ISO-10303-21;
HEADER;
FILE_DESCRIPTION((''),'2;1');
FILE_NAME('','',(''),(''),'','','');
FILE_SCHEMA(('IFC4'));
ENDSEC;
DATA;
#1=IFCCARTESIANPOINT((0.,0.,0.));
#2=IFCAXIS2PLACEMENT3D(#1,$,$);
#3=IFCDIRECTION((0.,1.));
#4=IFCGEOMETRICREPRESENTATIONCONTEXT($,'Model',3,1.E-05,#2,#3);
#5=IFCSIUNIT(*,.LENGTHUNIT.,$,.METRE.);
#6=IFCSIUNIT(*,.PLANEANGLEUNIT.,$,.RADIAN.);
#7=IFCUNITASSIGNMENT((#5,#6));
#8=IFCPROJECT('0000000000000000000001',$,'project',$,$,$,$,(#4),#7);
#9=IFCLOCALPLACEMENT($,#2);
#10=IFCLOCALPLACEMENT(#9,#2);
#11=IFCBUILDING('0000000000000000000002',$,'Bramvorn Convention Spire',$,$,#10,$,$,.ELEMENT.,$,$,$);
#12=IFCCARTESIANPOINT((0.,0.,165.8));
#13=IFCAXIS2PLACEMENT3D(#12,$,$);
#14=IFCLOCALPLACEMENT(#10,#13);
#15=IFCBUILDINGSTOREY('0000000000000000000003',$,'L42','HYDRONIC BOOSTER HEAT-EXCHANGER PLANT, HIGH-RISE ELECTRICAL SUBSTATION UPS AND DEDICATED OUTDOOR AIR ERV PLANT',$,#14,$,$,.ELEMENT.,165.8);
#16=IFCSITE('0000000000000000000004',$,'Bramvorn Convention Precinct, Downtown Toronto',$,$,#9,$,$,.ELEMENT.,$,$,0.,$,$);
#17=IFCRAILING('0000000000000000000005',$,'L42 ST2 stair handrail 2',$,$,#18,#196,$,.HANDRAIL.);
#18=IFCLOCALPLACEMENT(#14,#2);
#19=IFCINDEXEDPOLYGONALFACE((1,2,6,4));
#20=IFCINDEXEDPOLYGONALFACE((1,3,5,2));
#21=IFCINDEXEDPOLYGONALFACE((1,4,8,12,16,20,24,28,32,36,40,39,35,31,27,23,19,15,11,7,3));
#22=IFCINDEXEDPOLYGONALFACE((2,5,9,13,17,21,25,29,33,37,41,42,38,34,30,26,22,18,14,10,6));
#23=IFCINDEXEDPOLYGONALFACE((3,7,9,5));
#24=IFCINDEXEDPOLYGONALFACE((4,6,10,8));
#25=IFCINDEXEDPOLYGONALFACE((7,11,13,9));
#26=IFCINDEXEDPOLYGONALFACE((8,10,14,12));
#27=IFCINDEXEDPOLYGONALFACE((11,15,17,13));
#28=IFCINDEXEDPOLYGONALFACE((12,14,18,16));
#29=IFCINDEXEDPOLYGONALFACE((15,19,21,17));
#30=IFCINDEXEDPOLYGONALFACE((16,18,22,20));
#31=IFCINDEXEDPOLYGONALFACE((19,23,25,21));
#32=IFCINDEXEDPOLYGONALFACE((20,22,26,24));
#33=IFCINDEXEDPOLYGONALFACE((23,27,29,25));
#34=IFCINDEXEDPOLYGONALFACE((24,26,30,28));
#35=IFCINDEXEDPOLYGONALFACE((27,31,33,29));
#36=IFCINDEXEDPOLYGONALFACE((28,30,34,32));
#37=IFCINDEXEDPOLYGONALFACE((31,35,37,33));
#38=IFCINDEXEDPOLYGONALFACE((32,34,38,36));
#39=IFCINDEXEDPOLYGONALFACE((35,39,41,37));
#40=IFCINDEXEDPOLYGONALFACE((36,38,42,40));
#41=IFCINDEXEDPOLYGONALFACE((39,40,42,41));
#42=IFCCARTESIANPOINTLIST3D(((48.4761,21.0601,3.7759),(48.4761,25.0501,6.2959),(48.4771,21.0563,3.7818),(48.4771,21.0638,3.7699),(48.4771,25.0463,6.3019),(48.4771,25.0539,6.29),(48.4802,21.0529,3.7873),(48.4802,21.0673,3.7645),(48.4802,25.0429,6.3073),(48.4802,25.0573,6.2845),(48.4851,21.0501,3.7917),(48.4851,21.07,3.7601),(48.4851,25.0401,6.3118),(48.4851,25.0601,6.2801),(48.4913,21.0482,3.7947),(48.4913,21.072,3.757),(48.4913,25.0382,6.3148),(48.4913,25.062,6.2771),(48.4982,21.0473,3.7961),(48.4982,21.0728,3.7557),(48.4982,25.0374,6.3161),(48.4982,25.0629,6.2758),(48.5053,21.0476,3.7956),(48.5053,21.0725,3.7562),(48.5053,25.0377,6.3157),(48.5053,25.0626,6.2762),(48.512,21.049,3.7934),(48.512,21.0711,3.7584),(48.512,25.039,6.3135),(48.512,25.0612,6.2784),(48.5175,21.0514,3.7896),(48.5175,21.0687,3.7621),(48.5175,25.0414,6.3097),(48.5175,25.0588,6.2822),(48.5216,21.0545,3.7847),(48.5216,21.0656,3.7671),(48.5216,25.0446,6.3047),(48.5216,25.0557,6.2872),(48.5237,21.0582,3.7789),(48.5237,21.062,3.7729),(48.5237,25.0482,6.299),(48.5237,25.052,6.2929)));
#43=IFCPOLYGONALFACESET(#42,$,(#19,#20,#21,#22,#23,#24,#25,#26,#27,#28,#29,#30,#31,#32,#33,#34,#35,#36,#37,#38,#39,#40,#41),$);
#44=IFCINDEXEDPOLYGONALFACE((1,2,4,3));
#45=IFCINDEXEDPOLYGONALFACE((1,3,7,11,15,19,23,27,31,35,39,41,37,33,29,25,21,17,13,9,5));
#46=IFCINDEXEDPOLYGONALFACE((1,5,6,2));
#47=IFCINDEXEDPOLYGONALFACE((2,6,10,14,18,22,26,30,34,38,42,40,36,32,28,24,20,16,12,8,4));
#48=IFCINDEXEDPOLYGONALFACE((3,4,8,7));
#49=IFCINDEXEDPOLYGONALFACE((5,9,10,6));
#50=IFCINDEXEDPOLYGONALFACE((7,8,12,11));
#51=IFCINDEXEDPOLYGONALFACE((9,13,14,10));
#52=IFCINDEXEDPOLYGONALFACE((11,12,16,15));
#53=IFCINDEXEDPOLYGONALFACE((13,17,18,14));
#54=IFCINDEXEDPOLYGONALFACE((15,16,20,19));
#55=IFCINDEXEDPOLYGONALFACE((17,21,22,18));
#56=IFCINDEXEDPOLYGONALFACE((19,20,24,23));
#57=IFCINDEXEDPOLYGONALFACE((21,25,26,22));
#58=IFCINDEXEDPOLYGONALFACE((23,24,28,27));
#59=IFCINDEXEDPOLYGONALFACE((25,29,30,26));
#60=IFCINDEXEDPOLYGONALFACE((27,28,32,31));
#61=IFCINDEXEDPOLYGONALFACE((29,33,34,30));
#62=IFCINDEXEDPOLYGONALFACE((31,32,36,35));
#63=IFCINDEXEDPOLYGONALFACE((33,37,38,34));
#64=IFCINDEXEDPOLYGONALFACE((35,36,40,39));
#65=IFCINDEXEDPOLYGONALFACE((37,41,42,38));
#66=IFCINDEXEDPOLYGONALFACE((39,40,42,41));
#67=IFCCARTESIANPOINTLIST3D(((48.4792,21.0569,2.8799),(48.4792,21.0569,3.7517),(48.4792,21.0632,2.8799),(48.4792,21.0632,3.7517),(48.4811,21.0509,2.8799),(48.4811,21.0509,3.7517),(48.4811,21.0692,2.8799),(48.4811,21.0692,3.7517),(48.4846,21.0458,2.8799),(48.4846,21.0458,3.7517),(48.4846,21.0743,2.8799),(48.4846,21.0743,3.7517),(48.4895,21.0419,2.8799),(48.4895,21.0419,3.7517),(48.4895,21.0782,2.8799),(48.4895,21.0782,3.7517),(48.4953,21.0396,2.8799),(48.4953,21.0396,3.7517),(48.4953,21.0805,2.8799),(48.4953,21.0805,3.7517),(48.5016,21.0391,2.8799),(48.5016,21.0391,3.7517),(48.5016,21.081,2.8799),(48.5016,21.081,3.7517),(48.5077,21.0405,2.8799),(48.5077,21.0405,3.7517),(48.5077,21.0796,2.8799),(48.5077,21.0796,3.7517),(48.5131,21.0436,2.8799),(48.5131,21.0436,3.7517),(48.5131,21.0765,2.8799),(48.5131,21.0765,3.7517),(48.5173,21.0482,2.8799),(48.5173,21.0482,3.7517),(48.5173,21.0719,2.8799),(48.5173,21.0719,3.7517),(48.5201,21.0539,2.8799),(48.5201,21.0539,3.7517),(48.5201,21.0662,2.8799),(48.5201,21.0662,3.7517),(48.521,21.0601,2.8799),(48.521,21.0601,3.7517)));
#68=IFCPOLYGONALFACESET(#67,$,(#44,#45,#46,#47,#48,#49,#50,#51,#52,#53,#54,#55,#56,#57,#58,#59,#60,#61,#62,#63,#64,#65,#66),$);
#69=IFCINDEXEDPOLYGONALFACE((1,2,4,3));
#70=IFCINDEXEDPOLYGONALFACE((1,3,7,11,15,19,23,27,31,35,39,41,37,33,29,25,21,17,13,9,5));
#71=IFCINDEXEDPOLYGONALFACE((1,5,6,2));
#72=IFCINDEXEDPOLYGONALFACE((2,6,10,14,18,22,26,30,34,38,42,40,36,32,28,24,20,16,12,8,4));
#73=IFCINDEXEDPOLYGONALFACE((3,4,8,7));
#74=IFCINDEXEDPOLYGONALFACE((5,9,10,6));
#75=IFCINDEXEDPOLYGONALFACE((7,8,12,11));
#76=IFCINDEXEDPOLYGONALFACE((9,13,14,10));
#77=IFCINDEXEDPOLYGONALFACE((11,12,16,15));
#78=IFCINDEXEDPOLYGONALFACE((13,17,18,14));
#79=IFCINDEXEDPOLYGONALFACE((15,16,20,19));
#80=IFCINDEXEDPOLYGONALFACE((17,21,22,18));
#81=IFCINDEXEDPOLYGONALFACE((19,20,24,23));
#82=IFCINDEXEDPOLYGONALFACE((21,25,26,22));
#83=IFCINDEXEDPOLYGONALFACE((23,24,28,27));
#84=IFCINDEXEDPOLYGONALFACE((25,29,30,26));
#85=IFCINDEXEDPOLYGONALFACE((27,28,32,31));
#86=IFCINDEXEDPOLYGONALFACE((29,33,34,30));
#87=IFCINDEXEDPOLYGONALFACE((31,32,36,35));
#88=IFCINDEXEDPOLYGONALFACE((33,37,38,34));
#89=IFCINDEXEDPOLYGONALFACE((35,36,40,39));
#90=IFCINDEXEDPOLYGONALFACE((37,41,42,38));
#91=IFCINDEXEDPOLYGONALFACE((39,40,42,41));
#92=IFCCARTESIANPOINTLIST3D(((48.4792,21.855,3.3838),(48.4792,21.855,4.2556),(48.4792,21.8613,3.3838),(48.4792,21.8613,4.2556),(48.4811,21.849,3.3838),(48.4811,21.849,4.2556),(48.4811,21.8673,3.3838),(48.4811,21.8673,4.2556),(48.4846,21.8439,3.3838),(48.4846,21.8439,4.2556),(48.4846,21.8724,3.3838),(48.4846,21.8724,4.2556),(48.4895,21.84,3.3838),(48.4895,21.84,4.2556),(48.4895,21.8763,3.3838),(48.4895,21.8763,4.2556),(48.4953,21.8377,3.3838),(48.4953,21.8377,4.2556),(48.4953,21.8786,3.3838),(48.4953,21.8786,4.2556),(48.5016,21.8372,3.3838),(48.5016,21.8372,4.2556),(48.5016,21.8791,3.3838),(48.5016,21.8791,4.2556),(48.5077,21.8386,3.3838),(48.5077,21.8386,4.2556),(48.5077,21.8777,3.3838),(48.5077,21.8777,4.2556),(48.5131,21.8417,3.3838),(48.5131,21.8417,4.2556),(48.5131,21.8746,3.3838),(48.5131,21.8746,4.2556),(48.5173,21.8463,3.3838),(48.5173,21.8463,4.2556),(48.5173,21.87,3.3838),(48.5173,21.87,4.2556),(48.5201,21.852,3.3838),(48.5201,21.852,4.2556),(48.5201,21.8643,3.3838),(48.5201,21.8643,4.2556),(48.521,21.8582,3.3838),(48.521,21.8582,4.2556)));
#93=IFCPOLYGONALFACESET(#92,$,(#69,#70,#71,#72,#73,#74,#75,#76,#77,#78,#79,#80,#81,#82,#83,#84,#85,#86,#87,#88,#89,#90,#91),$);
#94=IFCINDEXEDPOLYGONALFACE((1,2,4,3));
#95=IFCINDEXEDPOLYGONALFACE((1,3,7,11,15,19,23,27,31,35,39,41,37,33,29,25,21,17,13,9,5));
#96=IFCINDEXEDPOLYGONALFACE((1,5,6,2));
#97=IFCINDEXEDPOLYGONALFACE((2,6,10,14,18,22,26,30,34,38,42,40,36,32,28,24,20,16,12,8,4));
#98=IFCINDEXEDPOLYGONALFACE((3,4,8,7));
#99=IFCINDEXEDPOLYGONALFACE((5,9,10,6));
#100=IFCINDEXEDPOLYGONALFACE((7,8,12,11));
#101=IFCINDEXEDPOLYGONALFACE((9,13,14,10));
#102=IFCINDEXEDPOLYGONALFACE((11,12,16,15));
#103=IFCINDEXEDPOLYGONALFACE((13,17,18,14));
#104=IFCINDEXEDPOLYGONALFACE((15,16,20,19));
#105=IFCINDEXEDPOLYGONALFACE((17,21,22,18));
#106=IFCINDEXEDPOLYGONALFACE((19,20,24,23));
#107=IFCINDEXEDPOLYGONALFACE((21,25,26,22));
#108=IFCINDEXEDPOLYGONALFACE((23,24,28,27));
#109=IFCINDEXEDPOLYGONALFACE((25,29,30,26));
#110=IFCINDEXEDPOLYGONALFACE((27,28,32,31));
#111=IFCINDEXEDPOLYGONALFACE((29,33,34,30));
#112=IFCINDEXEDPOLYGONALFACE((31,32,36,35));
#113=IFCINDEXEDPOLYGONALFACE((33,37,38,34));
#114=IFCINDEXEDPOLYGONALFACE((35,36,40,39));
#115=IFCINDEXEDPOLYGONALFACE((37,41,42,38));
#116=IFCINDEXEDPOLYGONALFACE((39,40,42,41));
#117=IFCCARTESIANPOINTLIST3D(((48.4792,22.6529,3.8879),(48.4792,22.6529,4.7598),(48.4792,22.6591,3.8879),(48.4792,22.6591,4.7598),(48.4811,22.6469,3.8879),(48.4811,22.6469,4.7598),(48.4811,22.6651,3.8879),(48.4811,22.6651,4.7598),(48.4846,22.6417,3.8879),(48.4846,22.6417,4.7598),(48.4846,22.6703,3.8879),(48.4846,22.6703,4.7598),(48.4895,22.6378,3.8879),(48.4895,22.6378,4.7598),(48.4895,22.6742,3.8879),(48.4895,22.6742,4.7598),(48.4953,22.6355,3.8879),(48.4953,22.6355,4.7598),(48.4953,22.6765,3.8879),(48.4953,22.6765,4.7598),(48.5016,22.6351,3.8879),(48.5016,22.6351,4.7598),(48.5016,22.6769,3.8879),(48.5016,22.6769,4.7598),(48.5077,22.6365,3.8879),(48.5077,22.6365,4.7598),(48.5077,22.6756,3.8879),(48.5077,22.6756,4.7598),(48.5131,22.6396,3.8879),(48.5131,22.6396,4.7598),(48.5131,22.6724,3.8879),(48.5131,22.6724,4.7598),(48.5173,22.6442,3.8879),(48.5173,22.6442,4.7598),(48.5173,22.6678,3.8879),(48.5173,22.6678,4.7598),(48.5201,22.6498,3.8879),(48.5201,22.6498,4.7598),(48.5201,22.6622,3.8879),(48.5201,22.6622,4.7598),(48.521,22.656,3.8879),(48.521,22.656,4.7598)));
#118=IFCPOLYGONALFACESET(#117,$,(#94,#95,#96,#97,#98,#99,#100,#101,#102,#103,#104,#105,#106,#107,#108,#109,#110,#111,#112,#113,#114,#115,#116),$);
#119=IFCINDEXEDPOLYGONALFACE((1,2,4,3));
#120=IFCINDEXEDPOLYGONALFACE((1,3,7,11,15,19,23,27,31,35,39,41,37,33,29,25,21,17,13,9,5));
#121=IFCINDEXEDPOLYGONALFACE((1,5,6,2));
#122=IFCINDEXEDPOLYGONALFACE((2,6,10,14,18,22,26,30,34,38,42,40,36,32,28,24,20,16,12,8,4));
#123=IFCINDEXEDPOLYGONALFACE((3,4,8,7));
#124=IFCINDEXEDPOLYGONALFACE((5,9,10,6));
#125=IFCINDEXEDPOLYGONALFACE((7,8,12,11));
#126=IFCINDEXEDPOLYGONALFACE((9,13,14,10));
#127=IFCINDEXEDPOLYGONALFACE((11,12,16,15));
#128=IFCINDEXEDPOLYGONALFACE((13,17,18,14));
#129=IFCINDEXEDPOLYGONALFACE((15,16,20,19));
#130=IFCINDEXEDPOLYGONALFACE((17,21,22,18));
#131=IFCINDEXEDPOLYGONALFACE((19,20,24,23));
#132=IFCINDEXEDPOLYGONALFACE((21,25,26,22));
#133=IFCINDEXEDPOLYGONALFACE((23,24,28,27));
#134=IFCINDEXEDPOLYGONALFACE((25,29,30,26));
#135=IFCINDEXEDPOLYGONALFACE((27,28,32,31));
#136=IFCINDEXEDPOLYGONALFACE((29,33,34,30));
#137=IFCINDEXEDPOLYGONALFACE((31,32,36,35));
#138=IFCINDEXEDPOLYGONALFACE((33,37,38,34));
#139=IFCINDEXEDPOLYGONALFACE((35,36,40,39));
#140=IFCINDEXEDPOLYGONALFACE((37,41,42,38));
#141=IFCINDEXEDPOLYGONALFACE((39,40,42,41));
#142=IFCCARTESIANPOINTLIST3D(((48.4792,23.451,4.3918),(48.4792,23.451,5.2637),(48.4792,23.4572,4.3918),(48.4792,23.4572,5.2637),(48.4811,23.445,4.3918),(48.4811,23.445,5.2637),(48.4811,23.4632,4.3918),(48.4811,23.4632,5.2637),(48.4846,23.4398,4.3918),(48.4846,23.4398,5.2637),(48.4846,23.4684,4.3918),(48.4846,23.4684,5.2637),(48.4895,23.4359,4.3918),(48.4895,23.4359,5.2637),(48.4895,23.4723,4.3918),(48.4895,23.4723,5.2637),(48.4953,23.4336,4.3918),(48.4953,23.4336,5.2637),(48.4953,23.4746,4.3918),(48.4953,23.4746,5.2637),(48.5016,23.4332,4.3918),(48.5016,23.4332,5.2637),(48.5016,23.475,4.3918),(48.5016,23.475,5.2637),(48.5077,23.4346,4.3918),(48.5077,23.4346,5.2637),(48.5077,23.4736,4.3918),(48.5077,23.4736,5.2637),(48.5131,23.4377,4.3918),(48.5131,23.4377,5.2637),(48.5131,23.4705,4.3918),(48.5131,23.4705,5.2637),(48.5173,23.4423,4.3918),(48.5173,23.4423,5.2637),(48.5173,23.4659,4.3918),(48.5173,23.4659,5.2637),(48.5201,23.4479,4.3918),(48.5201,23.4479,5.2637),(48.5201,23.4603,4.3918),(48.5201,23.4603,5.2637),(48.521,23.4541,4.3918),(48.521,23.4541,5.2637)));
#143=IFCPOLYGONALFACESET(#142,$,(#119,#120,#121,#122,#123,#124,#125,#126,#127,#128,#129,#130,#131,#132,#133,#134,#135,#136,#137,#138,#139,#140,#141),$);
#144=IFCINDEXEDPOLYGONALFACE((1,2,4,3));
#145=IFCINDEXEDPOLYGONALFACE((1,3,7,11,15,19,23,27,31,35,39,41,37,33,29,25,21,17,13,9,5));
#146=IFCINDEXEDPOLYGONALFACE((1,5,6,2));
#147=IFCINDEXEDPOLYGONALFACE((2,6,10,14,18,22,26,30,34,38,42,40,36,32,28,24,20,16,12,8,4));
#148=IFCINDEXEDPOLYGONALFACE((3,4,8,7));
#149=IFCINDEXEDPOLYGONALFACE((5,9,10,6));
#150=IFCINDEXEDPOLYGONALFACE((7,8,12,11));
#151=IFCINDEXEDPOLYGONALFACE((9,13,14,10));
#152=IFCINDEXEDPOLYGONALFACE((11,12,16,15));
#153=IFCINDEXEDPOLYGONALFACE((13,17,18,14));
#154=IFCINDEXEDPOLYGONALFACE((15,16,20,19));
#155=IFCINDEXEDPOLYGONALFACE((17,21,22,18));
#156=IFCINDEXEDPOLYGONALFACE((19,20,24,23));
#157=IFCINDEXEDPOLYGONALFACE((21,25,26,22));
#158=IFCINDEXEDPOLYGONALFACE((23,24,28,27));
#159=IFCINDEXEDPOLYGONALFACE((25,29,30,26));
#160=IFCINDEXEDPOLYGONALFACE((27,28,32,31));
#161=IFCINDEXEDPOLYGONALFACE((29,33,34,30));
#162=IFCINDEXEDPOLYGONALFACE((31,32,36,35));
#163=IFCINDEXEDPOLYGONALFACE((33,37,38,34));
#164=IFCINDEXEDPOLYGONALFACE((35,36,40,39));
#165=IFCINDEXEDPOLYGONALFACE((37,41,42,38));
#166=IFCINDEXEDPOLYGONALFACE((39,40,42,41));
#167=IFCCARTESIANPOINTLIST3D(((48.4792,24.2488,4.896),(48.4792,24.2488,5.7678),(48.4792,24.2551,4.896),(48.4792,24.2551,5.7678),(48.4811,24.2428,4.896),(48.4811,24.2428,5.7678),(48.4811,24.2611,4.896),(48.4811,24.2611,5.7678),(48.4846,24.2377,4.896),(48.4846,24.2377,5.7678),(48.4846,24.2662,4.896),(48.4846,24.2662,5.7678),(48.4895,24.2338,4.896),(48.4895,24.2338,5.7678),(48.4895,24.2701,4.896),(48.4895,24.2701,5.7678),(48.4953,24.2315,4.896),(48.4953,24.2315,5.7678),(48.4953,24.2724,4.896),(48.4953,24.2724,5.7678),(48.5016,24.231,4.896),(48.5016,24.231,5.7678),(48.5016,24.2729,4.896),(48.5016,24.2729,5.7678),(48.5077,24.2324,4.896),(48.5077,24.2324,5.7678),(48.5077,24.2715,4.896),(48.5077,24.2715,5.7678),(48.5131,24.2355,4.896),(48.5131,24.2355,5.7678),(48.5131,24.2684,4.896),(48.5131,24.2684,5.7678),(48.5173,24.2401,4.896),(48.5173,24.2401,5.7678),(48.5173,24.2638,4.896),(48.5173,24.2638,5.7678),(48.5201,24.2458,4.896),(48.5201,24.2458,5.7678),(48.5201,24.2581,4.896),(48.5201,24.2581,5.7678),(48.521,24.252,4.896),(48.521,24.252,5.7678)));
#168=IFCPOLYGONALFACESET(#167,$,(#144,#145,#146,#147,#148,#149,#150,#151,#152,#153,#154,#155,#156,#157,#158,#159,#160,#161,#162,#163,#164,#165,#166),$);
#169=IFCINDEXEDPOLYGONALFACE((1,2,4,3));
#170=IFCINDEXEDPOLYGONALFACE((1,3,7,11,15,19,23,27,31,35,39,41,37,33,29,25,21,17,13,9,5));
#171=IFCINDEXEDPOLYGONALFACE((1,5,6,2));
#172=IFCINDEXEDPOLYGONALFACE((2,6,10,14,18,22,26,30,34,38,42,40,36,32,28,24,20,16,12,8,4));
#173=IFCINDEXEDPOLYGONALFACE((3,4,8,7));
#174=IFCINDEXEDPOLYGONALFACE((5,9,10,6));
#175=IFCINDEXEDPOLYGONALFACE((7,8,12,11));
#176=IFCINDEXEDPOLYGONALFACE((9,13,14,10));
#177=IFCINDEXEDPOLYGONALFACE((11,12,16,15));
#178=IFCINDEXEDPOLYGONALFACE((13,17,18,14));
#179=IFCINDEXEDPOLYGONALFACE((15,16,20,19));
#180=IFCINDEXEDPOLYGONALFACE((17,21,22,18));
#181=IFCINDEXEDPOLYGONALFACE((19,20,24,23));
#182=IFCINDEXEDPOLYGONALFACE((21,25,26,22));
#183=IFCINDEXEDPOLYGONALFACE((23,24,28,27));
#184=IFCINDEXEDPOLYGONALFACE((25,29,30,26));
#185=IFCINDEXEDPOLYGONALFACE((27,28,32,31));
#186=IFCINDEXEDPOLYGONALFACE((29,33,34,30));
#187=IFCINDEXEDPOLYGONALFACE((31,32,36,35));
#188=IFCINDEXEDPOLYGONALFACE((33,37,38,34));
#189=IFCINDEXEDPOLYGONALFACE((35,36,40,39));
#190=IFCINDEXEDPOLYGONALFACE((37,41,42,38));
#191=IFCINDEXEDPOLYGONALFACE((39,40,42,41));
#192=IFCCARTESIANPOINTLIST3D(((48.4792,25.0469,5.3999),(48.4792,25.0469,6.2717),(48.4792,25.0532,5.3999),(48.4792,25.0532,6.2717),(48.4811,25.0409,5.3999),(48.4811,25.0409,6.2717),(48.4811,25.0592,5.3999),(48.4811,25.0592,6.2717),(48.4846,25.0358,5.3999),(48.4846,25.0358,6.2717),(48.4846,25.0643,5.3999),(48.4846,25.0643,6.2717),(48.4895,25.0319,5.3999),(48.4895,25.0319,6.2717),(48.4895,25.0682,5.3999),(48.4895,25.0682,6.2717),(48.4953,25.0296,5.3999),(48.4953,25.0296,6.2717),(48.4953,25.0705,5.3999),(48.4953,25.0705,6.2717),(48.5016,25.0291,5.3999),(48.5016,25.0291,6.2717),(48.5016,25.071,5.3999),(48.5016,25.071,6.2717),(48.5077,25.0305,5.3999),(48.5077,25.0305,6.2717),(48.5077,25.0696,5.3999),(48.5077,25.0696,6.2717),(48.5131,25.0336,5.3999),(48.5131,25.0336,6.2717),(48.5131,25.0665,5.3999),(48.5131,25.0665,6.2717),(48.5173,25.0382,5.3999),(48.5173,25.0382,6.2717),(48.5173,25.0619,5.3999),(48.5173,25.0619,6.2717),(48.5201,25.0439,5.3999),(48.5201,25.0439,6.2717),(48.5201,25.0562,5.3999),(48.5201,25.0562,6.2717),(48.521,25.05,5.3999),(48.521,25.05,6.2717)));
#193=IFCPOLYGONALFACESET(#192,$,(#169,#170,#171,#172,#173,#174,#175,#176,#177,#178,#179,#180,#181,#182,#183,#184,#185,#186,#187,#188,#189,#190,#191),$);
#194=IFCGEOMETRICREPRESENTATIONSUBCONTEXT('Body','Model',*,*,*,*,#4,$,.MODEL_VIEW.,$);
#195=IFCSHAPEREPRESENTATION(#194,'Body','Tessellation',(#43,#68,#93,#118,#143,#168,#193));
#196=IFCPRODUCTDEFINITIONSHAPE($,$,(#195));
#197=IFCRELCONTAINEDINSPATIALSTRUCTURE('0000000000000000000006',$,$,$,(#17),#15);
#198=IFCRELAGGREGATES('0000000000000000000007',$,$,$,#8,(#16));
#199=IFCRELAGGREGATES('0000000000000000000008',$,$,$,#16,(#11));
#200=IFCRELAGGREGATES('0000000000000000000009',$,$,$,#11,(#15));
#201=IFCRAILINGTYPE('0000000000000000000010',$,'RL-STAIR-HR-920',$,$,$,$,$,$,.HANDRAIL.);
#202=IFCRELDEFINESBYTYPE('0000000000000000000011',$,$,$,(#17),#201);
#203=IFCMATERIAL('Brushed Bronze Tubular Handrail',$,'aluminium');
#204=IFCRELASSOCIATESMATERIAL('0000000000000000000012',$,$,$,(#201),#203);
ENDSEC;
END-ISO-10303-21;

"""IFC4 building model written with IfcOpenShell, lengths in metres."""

from ifc_helpers import new_model, si_unit, direction, frame, origin, origin_2d, place, context, subcontext, project, spatial, circle, extrude, material, type_object, element, save


model = new_model("IFC4")

# Units and contexts
model_context = context("Model", 3, precision=1e-05, world=origin(), true_north=direction((0.0, 1.0)))
body_context = subcontext(model_context, "Body", "Model", "MODEL_VIEW")
ifc_project = project(units=[si_unit("LENGTHUNIT", "METRE"), si_unit("PLANEANGLEUNIT", "RADIAN")], contexts=[model_context])

# Site, building, storey
site_placement = place(None, origin())
site = spatial("IfcSite", under=ifc_project, at=site_placement, Name="Bramvorn Convention Precinct, Downtown Toronto", CompositionType="ELEMENT", RefElevation=0.0)
building_placement = place(site_placement, origin())
building = spatial("IfcBuilding", under=site, at=building_placement, Name="Bramvorn Convention Spire", CompositionType="ELEMENT")
storey_placement = place(building_placement, frame((0.0, 0.0, 165.8)))
storey = spatial("IfcBuildingStorey", under=building, at=storey_placement, Name="L42", Description="HYDRONIC BOOSTER HEAT-EXCHANGER PLANT, HIGH-RISE ELECTRICAL SUBSTATION UPS AND DEDICATED OUTDOOR AIR ERV PLANT", CompositionType="ELEMENT", Elevation=165.8)

# Railing
ifc_material_1 = material(Name="Brushed Bronze Tubular Handrail", Category="aluminium")
railing_type_1 = type_object("IfcRailingType", Name="RL-STAIR-HR-920", PredefinedType="HANDRAIL", material=ifc_material_1)
railing_1_placement = place(storey_placement, frame((48.5, 21.0601, 2.8799)))
element("IfcRailing", 1, at=railing_1_placement, inside=storey, type_object=railing_type_1, Name="L42 ST2 stair handrail 2", PredefinedType="HANDRAIL", context=body_context, shape_type="SweptSolid", body=[
    extrude(circle(Radius=0.0239, at=origin_2d()), frame((0.0, 0.0, 0.896), z_axis=(0.0, 0.845486, 0.533997), x_axis=(-1.0, 0.0, 0.0)), (0.0, 0.0, 1.0), 4.7192),
    extrude(circle(Radius=0.021, at=origin_2d()), origin(), (0.0, 0.0, 1.0), 0.8718),
    extrude(circle(Radius=0.021, at=origin_2d()), frame((0.0, 0.7981, 0.5039)), (0.0, 0.0, 1.0), 0.8718),
    extrude(circle(Radius=0.021, at=origin_2d()), frame((0.0, 1.5959, 1.0081)), (0.0, 0.0, 1.0), 0.8718),
    extrude(circle(Radius=0.021, at=origin_2d()), frame((0.0, 2.394, 1.512)), (0.0, 0.0, 1.0), 0.8718),
    extrude(circle(Radius=0.021, at=origin_2d()), frame((0.0, 3.1919, 2.0161)), (0.0, 0.0, 1.0), 0.8718),
    extrude(circle(Radius=0.021, at=origin_2d()), frame((0.0, 3.99, 2.52)), (0.0, 0.0, 1.0), 0.8718),
])

save(model, "model.ifc")
